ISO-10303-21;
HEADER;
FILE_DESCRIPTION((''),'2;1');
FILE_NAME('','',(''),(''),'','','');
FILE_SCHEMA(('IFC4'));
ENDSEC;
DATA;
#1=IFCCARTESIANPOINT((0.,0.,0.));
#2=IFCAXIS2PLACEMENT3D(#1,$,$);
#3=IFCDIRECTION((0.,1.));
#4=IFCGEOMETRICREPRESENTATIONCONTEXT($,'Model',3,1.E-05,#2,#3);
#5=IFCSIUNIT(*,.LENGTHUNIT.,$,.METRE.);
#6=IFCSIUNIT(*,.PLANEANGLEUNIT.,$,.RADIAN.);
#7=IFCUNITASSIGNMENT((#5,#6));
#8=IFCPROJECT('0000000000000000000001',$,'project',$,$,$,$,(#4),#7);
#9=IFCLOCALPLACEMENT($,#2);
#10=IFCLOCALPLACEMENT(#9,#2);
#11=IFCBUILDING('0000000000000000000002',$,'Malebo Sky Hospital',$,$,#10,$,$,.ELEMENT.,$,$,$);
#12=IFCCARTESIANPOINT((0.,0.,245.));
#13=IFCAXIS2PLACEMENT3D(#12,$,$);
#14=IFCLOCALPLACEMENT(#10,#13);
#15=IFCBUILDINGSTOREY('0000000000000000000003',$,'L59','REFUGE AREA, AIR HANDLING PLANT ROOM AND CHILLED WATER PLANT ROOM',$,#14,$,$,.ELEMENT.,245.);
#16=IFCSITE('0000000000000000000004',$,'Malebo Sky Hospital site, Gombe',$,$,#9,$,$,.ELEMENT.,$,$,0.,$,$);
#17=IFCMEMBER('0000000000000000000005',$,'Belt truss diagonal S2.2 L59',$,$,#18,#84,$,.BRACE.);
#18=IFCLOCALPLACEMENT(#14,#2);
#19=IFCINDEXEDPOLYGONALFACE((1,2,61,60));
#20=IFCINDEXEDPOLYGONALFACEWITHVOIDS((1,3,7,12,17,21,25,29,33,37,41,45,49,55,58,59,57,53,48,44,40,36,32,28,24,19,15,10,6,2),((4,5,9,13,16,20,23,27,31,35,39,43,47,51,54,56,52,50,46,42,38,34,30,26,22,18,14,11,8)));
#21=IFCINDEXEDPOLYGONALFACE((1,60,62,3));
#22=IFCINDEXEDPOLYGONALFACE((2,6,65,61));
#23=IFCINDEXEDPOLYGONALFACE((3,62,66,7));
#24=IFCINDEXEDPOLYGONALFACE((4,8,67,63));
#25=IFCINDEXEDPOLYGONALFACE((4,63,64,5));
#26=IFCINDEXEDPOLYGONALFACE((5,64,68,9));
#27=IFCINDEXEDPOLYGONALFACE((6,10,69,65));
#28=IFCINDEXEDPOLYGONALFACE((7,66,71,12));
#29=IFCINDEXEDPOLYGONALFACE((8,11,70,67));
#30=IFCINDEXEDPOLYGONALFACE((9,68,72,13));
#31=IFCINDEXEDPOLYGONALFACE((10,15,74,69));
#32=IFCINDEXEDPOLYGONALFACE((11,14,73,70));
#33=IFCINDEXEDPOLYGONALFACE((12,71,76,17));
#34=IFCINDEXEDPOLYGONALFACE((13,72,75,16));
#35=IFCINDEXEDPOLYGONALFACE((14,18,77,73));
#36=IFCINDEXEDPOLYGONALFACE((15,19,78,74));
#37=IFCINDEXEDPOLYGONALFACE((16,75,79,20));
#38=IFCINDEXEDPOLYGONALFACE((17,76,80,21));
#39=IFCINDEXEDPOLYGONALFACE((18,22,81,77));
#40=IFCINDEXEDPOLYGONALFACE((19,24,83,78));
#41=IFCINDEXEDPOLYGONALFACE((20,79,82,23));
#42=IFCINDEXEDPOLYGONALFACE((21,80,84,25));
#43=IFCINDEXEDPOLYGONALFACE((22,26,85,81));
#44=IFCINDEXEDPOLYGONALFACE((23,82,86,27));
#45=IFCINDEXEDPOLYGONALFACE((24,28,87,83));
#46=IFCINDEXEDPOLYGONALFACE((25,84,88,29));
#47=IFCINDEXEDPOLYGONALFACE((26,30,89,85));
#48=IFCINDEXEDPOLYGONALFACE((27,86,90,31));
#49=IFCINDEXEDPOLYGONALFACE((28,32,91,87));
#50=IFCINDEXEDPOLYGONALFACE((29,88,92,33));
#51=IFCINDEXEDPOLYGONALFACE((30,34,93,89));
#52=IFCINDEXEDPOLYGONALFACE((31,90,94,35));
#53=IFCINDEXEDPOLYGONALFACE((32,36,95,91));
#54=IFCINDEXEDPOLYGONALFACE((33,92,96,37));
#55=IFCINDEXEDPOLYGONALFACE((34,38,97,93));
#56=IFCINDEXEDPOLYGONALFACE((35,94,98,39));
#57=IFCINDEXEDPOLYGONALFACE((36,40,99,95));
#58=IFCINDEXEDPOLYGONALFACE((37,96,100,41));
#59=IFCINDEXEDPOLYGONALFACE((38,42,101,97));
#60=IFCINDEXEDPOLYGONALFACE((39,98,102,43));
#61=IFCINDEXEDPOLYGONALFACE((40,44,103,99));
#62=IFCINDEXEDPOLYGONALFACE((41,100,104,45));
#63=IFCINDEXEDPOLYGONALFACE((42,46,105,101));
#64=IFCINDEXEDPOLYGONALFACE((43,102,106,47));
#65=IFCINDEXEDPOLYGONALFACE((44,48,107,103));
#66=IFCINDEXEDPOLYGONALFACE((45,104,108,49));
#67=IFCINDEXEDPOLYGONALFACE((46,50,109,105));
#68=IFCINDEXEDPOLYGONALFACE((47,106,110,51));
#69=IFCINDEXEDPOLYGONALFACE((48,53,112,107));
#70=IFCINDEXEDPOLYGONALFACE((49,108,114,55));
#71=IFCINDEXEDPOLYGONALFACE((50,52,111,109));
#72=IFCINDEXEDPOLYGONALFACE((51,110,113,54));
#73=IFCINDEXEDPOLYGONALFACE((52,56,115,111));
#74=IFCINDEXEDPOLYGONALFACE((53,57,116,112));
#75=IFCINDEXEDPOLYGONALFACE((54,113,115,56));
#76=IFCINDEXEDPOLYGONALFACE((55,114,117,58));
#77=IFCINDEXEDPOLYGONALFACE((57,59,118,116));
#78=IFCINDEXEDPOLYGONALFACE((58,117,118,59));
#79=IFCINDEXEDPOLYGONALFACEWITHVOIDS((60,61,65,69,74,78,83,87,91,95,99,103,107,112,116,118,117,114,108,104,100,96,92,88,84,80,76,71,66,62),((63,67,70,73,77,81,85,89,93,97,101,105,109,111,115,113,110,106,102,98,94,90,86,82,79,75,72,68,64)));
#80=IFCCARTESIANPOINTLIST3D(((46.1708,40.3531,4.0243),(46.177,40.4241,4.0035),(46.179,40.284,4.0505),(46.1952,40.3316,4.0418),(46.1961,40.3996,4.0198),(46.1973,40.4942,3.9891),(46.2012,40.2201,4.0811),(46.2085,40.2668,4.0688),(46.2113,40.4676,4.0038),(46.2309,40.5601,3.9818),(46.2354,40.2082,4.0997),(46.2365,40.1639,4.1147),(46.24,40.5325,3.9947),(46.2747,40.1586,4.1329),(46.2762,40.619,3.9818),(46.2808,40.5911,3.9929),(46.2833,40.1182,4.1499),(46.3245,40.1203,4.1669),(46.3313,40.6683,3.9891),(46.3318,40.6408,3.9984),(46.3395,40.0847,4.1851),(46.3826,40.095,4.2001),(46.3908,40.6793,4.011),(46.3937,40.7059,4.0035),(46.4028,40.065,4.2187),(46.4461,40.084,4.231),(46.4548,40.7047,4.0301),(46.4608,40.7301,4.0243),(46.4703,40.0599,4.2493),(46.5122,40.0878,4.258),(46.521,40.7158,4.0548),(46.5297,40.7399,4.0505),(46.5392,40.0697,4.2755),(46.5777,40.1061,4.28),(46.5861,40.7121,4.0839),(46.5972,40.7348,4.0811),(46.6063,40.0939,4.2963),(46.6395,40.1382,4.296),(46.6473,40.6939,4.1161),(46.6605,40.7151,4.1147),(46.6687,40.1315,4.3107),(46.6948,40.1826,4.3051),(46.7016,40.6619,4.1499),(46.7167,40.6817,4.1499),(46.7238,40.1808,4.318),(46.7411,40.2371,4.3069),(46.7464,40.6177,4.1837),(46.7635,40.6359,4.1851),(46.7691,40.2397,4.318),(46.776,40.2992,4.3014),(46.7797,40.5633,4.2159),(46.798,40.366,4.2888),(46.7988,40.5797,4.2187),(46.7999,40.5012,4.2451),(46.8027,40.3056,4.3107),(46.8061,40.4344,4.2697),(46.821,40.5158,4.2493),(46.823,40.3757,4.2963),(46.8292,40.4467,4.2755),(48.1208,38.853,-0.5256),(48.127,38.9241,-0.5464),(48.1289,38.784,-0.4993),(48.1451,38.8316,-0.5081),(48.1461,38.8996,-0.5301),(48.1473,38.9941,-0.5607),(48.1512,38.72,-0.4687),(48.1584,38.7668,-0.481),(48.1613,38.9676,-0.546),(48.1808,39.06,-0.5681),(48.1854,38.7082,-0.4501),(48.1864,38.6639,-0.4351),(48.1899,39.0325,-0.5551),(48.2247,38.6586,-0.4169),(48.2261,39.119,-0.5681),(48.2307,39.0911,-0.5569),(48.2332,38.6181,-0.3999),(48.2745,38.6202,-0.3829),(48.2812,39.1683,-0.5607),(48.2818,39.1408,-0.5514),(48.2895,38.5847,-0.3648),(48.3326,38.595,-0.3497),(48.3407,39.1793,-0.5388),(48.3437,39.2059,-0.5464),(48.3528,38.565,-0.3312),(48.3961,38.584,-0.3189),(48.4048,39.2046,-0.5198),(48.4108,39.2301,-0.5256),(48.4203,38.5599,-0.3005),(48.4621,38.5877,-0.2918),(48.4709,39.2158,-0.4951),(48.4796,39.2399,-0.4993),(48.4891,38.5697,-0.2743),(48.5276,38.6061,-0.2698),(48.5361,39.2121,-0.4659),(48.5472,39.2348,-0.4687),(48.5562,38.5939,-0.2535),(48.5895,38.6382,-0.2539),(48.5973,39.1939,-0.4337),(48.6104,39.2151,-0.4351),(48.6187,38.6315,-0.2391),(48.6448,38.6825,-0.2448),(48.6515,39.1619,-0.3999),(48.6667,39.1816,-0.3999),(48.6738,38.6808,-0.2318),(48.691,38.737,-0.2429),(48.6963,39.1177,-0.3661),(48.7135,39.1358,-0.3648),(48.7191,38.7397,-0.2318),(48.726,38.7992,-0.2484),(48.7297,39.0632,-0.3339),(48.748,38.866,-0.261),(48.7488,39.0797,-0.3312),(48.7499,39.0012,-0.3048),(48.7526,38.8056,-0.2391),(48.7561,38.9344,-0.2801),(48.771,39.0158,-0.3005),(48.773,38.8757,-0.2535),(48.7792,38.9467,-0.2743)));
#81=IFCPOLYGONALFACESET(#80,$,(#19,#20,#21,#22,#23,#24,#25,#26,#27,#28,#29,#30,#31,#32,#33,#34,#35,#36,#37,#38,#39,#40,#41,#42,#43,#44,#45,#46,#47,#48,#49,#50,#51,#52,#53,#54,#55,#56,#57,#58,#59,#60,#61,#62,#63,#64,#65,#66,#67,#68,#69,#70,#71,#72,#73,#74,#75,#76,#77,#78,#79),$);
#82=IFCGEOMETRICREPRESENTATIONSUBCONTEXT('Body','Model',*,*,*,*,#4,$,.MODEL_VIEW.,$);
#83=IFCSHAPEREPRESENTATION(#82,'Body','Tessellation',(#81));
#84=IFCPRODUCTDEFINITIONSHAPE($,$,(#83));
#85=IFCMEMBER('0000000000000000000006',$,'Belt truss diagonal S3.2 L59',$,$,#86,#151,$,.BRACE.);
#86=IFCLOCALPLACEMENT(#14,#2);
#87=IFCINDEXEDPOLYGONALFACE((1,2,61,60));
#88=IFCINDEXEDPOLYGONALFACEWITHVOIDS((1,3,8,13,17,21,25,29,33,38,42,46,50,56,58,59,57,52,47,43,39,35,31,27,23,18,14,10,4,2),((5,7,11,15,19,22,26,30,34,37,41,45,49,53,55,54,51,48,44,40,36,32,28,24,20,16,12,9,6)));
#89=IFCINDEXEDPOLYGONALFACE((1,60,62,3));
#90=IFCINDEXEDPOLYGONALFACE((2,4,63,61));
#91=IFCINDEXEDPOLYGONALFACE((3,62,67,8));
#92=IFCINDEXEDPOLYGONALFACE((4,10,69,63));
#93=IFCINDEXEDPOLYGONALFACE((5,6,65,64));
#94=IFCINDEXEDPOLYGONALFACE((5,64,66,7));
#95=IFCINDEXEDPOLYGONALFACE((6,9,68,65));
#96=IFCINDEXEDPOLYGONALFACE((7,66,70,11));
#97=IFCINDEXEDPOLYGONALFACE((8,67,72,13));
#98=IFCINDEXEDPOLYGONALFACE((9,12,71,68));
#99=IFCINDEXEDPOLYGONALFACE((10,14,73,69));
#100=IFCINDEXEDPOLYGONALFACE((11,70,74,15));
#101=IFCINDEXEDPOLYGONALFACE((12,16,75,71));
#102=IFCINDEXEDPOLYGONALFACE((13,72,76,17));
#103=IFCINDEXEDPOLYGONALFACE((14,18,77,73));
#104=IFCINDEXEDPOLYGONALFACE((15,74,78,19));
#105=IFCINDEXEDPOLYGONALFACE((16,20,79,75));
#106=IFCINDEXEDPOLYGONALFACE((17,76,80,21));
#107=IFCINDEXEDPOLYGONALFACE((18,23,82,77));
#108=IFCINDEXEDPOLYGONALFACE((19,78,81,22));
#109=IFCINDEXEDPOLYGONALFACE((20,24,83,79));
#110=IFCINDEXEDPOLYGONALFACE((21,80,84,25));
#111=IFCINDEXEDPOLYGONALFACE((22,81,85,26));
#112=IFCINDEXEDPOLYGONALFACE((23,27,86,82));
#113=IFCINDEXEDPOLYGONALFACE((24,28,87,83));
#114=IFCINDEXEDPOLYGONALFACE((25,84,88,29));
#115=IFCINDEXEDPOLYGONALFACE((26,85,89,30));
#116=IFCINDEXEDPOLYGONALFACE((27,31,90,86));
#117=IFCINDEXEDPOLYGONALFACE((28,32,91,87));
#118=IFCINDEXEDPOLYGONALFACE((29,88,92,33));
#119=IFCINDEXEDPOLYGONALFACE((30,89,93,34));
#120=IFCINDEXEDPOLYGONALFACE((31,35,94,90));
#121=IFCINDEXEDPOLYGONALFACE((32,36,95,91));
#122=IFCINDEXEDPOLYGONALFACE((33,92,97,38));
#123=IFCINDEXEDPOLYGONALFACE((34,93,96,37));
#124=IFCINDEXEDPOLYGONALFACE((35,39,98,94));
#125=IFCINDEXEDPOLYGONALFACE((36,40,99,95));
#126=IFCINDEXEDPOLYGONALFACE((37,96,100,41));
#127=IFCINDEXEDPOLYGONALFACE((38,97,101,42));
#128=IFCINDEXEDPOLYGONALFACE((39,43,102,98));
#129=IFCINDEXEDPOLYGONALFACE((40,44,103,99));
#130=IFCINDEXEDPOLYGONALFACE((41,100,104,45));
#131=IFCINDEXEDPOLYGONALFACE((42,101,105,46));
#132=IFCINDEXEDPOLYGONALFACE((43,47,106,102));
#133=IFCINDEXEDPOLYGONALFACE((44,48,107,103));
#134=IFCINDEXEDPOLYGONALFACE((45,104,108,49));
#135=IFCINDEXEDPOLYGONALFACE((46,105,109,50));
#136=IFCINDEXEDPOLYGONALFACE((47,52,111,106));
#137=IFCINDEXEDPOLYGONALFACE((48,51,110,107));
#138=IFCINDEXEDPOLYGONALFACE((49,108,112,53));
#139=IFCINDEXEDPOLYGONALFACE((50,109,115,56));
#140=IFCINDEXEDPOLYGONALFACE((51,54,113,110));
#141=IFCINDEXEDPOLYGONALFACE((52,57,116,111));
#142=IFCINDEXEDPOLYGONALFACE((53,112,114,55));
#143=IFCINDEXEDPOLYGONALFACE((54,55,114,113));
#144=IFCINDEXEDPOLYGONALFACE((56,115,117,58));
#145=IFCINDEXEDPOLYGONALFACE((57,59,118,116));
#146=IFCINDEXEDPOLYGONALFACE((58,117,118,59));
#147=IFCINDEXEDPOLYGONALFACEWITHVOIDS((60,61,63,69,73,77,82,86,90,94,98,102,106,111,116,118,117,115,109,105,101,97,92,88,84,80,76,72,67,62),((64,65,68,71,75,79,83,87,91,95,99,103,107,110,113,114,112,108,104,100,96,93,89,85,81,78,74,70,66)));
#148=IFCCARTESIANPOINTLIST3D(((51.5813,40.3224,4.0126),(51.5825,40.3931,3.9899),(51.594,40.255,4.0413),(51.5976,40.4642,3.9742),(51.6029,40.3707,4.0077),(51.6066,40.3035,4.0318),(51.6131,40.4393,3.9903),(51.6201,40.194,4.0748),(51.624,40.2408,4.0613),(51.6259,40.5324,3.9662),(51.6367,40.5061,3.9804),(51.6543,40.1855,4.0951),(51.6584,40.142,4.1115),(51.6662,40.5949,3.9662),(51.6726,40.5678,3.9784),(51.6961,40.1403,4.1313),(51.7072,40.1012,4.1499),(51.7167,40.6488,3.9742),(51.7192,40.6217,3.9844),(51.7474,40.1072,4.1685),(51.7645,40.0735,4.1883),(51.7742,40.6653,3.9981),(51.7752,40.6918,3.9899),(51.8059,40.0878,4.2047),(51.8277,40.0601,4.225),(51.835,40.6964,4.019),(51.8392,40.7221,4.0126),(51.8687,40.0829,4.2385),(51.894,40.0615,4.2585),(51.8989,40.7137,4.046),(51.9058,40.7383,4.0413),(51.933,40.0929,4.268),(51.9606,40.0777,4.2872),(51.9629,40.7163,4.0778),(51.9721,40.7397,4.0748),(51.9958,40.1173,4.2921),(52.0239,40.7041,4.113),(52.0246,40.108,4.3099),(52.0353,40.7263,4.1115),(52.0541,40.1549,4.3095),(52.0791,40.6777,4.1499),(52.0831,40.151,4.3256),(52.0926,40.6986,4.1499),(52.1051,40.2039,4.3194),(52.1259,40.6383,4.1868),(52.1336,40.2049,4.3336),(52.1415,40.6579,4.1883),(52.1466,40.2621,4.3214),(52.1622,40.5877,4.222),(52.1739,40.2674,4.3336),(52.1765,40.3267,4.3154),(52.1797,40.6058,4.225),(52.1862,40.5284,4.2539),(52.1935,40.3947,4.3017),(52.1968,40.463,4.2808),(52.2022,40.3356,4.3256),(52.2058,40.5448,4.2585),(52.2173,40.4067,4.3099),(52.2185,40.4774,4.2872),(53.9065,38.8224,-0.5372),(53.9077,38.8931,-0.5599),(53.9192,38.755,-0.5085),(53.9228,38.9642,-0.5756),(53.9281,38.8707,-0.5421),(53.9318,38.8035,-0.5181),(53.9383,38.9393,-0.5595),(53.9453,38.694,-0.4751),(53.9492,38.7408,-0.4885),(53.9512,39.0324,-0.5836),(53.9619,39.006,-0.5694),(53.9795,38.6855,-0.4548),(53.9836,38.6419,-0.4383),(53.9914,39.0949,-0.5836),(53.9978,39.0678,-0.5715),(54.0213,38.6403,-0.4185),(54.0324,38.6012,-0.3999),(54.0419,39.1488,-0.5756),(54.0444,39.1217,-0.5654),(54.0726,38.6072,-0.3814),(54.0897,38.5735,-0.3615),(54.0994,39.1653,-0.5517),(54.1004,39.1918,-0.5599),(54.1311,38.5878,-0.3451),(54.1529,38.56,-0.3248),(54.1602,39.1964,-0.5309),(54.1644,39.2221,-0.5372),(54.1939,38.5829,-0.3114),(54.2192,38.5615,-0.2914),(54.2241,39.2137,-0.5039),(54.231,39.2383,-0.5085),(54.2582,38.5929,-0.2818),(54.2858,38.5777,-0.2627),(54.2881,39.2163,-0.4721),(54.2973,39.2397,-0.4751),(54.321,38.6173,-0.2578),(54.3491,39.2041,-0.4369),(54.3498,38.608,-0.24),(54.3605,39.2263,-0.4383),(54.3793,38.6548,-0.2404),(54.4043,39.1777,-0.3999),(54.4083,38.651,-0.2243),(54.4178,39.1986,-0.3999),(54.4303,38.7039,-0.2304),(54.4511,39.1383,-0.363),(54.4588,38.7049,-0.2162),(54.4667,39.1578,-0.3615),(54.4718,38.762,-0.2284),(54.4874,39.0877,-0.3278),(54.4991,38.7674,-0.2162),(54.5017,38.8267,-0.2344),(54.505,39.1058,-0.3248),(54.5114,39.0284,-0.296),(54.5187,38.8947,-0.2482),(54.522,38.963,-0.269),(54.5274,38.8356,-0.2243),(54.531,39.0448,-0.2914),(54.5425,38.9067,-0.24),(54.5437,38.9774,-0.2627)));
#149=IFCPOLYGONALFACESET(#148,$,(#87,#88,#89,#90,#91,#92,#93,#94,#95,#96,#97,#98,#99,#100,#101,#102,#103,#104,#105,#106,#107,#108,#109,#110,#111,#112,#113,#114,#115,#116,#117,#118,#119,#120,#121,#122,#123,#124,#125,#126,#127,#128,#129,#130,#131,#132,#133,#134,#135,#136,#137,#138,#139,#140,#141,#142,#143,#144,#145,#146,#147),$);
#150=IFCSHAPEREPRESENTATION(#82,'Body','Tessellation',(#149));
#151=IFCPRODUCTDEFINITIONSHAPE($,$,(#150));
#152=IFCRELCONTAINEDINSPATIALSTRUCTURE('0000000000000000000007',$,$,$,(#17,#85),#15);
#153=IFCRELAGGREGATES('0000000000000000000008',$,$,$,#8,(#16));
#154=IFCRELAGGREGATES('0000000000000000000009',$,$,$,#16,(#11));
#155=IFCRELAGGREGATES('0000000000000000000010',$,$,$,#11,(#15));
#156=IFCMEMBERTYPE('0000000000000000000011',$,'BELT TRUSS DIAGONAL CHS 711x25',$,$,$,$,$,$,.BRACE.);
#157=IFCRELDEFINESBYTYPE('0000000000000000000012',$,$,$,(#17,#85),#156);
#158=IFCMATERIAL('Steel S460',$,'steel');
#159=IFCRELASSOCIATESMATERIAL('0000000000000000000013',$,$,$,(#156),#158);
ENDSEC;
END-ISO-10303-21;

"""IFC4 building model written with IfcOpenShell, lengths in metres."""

from ifc_helpers import new_model, si_unit, direction, frame, origin, origin_2d, place, context, subcontext, project, spatial, hollow_circle, extrude, material, material_profile, profile_set, type_object, element, save


model = new_model("IFC4")

# Units and contexts
model_context = context("Model", 3, precision=1e-05, world=origin(), true_north=direction((0.0, 1.0)))
body_context = subcontext(model_context, "Body", "Model", "MODEL_VIEW")
ifc_project = project(units=[si_unit("LENGTHUNIT", "METRE"), si_unit("PLANEANGLEUNIT", "RADIAN")], contexts=[model_context])

# Site, building, storey
site_placement = place(None, origin())
site = spatial("IfcSite", under=ifc_project, at=site_placement, Name="Malebo Sky Hospital site, Gombe", CompositionType="ELEMENT", RefElevation=0.0)
building_placement = place(site_placement, origin())
building = spatial("IfcBuilding", under=site, at=building_placement, Name="Malebo Sky Hospital", CompositionType="ELEMENT")
storey_placement = place(building_placement, frame((0.0, 0.0, 245.0)))
storey = spatial("IfcBuildingStorey", under=building, at=storey_placement, Name="L59", Description="REFUGE AREA, AIR HANDLING PLANT ROOM AND CHILLED WATER PLANT ROOM", CompositionType="ELEMENT", Elevation=245.0)

# Members
ifc_material_1 = material(Name="Steel S460", Category="steel")
ifc_material_profile_1 = material_profile(ifc_material_1, hollow_circle(Radius=0.3555, WallThickness=0.0249, at=origin_2d()), Name="CHS 711x25")
ifc_profile_set_1 = profile_set([ifc_material_profile_1], Name="Steel S460")
member_type_1 = type_object("IfcMemberType", Name="BELT TRUSS DIAGONAL CHS 711x25", PredefinedType="BRACE", material=ifc_profile_set_1)
member_1_placement = place(storey_placement, frame((46.5, 40.3999, 4.1499), z_axis=(0.376996, -0.290005, -0.879643), x_axis=(0.60972, 0.792617, 0.0)))
element("IfcMember", 1, at=member_1_placement, inside=storey, type_object=member_type_1, Name="Belt truss diagonal S2.2 L59", PredefinedType="BRACE", context=body_context, shape_type="SweptSolid", body=[
    extrude(hollow_circle(Radius=0.3555, WallThickness=0.0249, at=origin_2d()), origin(), (0.0, 0.0, 1.0), 5.1724),
])
member_2_placement = place(storey_placement, frame((51.8999, 40.3999, 4.1499), z_axis=(0.436644, -0.281682, -0.854399), x_axis=(0.542095, 0.840317, 0.0)))
element("IfcMember", 2, at=member_2_placement, inside=storey, type_object=member_type_1, Name="Belt truss diagonal S3.2 L59", PredefinedType="BRACE", context=body_context, shape_type="SweptSolid", body=[
    extrude(hollow_circle(Radius=0.3555, WallThickness=0.0249, at=origin_2d()), origin(), (0.0, 0.0, 1.0), 5.3252),
])

save(model, "model.ifc")
